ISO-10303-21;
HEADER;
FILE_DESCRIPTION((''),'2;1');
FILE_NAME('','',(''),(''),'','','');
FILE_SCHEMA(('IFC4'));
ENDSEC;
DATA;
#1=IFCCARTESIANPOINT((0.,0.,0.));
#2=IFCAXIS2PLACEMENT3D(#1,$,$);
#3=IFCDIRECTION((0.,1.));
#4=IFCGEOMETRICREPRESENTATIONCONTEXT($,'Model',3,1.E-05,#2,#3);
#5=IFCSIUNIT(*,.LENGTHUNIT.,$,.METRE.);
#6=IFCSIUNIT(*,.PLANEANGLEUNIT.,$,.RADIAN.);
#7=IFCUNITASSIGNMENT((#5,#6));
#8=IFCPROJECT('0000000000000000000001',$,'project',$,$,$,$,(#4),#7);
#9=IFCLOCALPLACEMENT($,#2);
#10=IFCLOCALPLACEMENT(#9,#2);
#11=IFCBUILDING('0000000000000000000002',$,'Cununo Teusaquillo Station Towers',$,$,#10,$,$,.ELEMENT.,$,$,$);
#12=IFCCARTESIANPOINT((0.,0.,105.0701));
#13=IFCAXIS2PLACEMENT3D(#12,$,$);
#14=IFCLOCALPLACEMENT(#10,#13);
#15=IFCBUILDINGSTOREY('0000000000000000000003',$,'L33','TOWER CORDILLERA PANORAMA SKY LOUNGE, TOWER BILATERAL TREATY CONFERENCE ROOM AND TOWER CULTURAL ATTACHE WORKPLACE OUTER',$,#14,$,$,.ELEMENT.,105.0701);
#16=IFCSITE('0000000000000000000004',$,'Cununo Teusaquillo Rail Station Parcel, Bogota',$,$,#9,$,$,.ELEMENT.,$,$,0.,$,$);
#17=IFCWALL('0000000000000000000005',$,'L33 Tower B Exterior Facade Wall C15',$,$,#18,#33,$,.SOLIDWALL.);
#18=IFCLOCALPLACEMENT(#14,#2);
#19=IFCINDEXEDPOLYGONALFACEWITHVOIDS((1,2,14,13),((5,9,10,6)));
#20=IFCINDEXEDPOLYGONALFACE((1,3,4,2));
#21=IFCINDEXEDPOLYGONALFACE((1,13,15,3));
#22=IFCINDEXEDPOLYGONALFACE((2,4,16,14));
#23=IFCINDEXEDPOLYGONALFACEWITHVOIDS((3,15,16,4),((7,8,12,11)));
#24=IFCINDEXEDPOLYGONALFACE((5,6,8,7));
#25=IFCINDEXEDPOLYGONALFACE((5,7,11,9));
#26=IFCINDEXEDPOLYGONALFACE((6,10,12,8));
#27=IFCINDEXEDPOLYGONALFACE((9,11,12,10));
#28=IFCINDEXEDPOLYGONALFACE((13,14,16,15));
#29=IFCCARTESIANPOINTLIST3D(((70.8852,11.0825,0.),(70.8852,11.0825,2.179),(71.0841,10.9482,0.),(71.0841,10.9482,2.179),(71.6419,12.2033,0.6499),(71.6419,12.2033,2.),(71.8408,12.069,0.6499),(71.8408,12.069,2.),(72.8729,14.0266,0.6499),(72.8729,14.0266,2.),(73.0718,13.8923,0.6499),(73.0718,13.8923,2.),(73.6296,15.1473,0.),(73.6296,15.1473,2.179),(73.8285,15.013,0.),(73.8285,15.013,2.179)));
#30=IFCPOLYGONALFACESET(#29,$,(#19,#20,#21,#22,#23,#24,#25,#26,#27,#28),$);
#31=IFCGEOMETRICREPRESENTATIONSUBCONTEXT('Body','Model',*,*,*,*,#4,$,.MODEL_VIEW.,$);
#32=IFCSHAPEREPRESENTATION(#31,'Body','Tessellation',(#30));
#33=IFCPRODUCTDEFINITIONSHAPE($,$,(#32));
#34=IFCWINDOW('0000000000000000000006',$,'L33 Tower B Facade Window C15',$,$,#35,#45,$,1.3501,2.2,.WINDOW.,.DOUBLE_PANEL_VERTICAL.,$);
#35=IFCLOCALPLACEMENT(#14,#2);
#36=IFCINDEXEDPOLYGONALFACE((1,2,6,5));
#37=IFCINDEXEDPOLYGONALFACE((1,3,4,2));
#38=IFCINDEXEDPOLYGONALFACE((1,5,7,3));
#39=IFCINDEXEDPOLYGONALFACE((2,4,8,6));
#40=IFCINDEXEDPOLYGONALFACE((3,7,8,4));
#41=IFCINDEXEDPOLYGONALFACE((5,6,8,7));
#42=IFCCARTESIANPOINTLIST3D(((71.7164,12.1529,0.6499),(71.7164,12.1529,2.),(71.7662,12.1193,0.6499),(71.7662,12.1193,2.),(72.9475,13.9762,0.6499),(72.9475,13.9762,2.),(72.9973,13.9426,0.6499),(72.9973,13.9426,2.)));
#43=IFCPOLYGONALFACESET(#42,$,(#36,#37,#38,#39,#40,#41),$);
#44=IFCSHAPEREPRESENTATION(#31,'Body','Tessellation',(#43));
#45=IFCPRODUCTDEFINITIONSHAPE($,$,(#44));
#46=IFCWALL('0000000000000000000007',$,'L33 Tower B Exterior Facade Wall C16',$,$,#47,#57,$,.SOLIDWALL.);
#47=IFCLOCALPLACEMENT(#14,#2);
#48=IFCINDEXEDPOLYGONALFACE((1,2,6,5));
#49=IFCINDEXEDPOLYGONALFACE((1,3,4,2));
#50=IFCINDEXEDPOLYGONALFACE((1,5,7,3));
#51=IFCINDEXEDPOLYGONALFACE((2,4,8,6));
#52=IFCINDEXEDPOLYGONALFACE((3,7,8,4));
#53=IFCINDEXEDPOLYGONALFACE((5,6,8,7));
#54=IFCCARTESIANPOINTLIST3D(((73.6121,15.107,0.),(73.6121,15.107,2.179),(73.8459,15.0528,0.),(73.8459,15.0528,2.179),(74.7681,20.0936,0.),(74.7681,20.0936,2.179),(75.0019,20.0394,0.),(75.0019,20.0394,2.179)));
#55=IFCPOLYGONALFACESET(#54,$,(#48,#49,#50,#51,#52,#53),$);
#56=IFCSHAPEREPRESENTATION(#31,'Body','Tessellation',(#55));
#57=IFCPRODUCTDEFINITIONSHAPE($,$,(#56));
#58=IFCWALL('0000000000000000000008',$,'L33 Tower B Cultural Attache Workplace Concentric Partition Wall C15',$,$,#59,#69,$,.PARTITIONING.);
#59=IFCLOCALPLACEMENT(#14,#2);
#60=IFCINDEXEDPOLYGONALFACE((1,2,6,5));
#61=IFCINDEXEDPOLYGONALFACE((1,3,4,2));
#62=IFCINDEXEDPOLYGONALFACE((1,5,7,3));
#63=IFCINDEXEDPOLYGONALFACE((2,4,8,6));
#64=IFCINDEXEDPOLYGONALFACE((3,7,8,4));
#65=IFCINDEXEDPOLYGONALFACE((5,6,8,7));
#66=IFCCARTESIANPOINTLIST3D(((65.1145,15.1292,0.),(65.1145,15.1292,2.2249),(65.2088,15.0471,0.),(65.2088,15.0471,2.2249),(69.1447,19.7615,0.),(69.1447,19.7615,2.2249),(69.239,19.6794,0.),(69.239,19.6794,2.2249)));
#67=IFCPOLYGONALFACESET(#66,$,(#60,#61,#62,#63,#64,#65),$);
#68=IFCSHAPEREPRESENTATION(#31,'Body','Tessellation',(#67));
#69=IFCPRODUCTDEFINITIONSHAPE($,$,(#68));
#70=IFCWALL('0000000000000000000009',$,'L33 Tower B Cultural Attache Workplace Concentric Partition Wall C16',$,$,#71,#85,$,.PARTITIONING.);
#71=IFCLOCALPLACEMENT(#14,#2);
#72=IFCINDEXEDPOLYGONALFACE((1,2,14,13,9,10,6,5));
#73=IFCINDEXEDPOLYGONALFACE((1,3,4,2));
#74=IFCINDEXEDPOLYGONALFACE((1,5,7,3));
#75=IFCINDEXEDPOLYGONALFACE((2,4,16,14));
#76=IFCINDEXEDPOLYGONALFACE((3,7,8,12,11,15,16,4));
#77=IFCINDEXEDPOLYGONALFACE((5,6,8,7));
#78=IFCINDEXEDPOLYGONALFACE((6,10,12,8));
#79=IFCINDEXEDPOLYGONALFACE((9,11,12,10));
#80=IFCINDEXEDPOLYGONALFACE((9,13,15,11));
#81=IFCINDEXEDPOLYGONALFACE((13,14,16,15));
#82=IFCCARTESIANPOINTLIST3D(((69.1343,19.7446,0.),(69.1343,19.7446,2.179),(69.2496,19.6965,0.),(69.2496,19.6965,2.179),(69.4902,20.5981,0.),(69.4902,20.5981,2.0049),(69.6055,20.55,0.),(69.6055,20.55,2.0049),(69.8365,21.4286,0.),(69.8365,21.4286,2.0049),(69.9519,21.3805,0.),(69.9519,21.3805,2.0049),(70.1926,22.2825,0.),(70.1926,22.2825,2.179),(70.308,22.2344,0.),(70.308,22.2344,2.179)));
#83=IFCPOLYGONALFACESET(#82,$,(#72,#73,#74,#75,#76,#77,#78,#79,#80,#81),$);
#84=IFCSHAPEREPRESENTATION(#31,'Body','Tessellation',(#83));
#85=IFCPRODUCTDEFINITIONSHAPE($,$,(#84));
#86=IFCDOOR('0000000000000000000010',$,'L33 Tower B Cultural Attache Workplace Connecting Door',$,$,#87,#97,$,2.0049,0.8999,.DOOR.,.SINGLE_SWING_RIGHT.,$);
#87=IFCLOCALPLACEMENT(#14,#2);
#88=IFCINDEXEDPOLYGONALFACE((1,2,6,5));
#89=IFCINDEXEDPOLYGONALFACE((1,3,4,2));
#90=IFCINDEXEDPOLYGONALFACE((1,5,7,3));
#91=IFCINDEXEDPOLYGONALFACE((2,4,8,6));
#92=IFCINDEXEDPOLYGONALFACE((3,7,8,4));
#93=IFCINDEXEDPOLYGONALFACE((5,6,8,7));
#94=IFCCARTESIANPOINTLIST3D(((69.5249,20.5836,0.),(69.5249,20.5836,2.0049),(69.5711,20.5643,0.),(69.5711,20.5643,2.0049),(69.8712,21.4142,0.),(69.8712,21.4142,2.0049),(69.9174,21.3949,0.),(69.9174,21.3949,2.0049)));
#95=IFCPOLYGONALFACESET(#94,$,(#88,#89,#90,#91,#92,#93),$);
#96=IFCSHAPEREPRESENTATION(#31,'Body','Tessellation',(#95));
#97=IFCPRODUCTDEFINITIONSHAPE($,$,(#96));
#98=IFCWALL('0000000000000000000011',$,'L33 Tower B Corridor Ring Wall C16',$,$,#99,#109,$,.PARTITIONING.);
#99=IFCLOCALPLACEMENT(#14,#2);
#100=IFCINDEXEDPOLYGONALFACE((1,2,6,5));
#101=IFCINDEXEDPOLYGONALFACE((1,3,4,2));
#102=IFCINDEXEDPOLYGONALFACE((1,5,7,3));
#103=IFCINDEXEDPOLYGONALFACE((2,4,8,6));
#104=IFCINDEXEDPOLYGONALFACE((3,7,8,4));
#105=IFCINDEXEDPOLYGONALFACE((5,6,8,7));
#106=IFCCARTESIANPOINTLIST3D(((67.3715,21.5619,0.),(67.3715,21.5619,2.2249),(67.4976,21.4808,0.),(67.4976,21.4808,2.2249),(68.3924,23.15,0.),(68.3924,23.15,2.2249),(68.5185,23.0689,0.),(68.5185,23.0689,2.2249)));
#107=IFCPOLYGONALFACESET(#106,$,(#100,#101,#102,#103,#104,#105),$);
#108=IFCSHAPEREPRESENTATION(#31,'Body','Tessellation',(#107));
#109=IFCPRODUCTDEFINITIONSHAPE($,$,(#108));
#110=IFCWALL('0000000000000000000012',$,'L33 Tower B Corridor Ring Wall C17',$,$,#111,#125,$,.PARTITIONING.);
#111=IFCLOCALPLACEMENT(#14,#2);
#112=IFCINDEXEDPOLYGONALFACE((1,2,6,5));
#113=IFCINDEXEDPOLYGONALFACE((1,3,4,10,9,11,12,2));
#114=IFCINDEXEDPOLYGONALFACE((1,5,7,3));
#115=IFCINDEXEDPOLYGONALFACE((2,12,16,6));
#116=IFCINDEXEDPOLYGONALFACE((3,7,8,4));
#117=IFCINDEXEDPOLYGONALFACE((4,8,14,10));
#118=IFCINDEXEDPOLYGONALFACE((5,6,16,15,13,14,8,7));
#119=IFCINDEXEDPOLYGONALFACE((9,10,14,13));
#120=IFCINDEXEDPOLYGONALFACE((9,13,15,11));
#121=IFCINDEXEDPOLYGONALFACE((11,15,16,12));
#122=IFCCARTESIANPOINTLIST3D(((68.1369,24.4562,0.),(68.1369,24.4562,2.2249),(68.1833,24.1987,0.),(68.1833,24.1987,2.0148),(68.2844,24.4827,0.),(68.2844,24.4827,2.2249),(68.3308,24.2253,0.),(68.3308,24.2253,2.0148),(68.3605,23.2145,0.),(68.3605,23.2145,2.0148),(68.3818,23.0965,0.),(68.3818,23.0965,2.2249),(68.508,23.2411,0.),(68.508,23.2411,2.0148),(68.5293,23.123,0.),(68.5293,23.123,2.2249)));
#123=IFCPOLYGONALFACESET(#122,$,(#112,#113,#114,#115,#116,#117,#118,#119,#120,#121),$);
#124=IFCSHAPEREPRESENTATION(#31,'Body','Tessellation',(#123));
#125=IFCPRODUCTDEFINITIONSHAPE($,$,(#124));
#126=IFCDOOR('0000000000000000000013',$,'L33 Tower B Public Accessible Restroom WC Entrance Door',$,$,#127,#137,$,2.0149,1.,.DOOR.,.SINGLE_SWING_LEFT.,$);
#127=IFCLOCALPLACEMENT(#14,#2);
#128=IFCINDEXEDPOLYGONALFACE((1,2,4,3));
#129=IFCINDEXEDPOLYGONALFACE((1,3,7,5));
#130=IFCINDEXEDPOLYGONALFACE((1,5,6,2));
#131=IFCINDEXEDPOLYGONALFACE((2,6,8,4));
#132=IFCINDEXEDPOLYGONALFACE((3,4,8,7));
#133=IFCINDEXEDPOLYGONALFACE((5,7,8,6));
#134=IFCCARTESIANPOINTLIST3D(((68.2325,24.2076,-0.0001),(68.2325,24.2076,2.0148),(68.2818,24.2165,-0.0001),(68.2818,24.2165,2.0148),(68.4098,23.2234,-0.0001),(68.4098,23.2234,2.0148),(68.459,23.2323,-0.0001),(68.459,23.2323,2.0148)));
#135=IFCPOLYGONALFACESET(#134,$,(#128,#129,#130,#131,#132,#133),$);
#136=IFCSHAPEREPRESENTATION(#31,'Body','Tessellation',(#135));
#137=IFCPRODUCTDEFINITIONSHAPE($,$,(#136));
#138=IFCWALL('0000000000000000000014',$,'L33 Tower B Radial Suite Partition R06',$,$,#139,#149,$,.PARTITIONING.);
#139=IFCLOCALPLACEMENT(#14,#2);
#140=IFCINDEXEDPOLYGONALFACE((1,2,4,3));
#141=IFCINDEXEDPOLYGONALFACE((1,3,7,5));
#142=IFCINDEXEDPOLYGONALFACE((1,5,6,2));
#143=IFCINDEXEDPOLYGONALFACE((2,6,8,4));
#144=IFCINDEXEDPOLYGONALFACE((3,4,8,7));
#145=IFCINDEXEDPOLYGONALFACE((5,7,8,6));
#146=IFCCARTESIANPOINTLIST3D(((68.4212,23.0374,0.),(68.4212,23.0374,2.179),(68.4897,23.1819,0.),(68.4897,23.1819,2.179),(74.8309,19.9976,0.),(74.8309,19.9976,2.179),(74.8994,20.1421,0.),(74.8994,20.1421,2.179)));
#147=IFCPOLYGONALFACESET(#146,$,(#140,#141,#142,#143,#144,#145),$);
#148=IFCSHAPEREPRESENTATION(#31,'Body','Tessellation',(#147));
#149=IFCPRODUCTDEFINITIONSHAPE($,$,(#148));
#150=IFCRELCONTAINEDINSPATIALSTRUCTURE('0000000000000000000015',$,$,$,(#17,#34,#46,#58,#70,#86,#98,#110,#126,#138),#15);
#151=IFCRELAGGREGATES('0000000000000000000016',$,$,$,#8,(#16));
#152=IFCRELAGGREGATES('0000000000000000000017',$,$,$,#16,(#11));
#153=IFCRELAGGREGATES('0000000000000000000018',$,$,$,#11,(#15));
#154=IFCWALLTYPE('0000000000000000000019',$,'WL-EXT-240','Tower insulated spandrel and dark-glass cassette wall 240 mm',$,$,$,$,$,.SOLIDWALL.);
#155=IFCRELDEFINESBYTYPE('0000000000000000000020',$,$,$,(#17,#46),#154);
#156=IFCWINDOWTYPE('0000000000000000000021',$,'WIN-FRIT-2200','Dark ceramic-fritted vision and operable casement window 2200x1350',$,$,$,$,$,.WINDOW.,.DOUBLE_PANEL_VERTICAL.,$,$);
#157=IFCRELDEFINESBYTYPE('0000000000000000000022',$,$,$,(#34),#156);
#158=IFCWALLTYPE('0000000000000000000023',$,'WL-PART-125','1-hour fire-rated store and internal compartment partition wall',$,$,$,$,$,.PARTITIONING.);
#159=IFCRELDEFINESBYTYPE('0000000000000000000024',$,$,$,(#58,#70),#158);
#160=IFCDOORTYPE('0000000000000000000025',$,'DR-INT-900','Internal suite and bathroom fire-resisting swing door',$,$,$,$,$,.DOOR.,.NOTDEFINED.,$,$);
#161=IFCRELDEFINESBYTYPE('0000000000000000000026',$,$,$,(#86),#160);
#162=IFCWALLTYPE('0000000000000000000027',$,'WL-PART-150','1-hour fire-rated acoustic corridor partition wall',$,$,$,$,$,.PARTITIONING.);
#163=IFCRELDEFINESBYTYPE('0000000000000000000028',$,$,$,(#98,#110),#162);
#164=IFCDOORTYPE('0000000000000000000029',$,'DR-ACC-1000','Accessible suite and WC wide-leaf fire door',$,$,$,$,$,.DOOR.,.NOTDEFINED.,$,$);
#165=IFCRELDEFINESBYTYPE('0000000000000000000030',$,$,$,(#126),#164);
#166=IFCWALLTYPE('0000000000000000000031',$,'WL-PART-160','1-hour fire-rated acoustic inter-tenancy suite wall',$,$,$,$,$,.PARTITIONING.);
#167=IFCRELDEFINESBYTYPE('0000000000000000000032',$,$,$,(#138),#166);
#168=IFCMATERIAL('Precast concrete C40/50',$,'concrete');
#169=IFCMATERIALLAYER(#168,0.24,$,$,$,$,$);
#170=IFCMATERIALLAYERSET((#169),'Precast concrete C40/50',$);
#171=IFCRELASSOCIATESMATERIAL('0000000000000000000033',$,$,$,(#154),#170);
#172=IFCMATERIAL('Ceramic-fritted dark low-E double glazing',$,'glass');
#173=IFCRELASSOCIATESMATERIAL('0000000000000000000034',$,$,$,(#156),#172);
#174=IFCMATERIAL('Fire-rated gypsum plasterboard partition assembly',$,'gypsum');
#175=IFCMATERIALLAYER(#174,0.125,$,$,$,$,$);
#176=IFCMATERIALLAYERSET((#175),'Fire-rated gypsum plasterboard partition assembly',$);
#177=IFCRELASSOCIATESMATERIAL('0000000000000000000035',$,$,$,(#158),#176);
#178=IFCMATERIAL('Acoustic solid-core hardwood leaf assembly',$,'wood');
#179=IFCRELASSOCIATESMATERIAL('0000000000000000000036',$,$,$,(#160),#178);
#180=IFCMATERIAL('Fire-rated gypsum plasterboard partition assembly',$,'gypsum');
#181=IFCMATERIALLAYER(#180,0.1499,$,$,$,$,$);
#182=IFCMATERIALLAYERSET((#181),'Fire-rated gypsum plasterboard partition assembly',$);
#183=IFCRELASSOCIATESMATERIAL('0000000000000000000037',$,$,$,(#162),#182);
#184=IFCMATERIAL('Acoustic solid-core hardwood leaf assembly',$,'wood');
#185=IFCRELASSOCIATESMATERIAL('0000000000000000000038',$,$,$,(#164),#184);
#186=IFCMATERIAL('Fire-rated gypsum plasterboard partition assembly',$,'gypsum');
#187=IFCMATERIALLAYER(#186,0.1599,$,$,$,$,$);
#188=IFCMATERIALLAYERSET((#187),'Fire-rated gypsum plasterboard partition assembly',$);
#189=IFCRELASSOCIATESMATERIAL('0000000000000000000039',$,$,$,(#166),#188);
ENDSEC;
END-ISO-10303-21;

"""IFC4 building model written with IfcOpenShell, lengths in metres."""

from ifc_helpers import new_model, si_unit, direction, frame, frame_2d, origin, place, context, subcontext, project, spatial, rectangle, extrude, source, transform, mapped, material, layer, layer_set, type_object, element, fill, save


model = new_model("IFC4")

# Units and contexts
model_context = context("Model", 3, precision=1e-05, world=origin(), true_north=direction((0.0, 1.0)))
body_context = subcontext(model_context, "Body", "Model", "MODEL_VIEW")
ifc_project = project(units=[si_unit("LENGTHUNIT", "METRE"), si_unit("PLANEANGLEUNIT", "RADIAN")], contexts=[model_context])

# Site, building, storey
site_placement = place(None, origin())
site = spatial("IfcSite", under=ifc_project, at=site_placement, Name="Cununo Teusaquillo Rail Station Parcel, Bogota", CompositionType="ELEMENT", RefElevation=0.0)
building_placement = place(site_placement, origin())
building = spatial("IfcBuilding", under=site, at=building_placement, Name="Cununo Teusaquillo Station Towers", CompositionType="ELEMENT")
storey_placement = place(building_placement, frame((0.0, 0.0, 105.0701)))
storey = spatial("IfcBuildingStorey", under=building, at=storey_placement, Name="L33", Description="TOWER CORDILLERA PANORAMA SKY LOUNGE, TOWER BILATERAL TREATY CONFERENCE ROOM AND TOWER CULTURAL ATTACHE WORKPLACE OUTER", CompositionType="ELEMENT", Elevation=105.0701)

# Shared definitions
ifc_material_1 = material(Name="Precast concrete C40/50", Category="concrete")
ifc_layer_1 = layer(ifc_material_1, 0.24)
ifc_layer_set_1 = layer_set([ifc_layer_1], Name="Precast concrete C40/50")
wall_type_1 = type_object("IfcWallType", Name="WL-EXT-240", Description="Tower insulated spandrel and dark-glass cassette wall 240 mm", PredefinedType="SOLIDWALL", material=ifc_layer_set_1)

# Wall, opening, window
wall_1_placement = place(storey_placement, frame((73.729, 15.0801, 0.0), z_axis=(0.0, 0.0, 1.0), x_axis=(-0.559573, -0.828781, 0.0)))
wall_1 = element("IfcWall", 1, at=wall_1_placement, inside=storey, type_object=wall_type_1, Name="L33 Tower B Exterior Facade Wall C15", PredefinedType="SOLIDWALL", context=body_context, shape_type="SweptSolid", body=[
    extrude(rectangle(XDim=4.9045, YDim=0.24, at=frame_2d((2.4521, 0.0))), origin(), (0.0, 0.0, 1.0), 2.179),
])
shared_shape_1 = source(origin(), body_context, "Body", "SweptSolid", [
    extrude(rectangle(XDim=2.2, YDim=1.3501, at=frame_2d((1.1001, 0.675))), frame((0.0, 0.1299, 0.0), z_axis=(0.0, -1.0, 0.0), x_axis=(1.0, 0.0, 0.0)), (0.0, 0.0, 1.0), 0.26),
])
opening_1_placement = place(wall_1_placement, frame((1.3521, 0.0, 0.6499)))
opening_1 = element("IfcOpeningElement", 2, at=opening_1_placement, cuts=wall_1, PredefinedType="OPENING", context=body_context, shape_type="MappedRepresentation", body=[
    mapped(shared_shape_1, transform((0.0, 0.0, 0.0), x_axis=(1.0, 0.0, 0.0), y_axis=(0.0, 1.0, 0.0), z_axis=(0.0, 0.0, 1.0), scale=1.0)),
])
ifc_material_2 = material(Name="Ceramic-fritted dark low-E double glazing", Category="glass")
window_type_1 = type_object("IfcWindowType", Name="WIN-FRIT-2200", Description="Dark ceramic-fritted vision and operable casement window 2200x1350", PartitioningType="DOUBLE_PANEL_VERTICAL", PredefinedType="WINDOW", material=ifc_material_2)
shared_shape_2 = source(origin(), body_context, "Body", "SweptSolid", [
    extrude(rectangle(XDim=2.2, YDim=1.3501, at=frame_2d((1.1001, 0.675))), frame((0.0, 0.03, 0.0), z_axis=(0.0, -1.0, 0.0), x_axis=(1.0, 0.0, 0.0)), (0.0, 0.0, 1.0), 0.0601),
])
window_1_placement = place(opening_1_placement, origin())
window_1 = element("IfcWindow", 3, at=window_1_placement, inside=storey, type_object=window_type_1, Name="L33 Tower B Facade Window C15", OverallHeight=1.3501, OverallWidth=2.2, PartitioningType="DOUBLE_PANEL_VERTICAL", PredefinedType="WINDOW", context=body_context, shape_type="MappedRepresentation", body=[
    mapped(shared_shape_2, transform((0.0, 0.0, 0.0), x_axis=(1.0, 0.0, 0.0), y_axis=(0.0, 1.0, 0.0), z_axis=(0.0, 0.0, 1.0), scale=1.0)),
])
fill(opening_1, window_1)

# Walls
wall_2_placement = place(storey_placement, frame((74.885, 20.0667, 0.0), z_axis=(0.0, 0.0, 1.0), x_axis=(-0.225835, -0.974166, 0.0)))
element("IfcWall", 4, at=wall_2_placement, inside=storey, type_object=wall_type_1, Name="L33 Tower B Exterior Facade Wall C16", PredefinedType="SOLIDWALL", context=body_context, shape_type="SweptSolid", body=[
    extrude(rectangle(XDim=5.1189, YDim=0.24, at=frame_2d((2.5596, 0.0))), origin(), (0.0, 0.0, 1.0), 2.179),
])
ifc_material_3 = material(Name="Fire-rated gypsum plasterboard partition assembly", Category="gypsum")
ifc_layer_2 = layer(ifc_material_3, 0.125)
ifc_layer_set_2 = layer_set([ifc_layer_2], Name="Fire-rated gypsum plasterboard partition assembly")
wall_type_2 = type_object("IfcWallType", Name="WL-PART-125", Description="1-hour fire-rated store and internal compartment partition wall", PredefinedType="PARTITIONING", material=ifc_layer_set_2)
wall_3_placement = place(storey_placement, frame((65.1616, 15.0881, 0.0), z_axis=(0.0, 0.0, 1.0), x_axis=(0.65638, 0.754431, 0.0)))
element("IfcWall", 5, at=wall_3_placement, inside=storey, type_object=wall_type_2, Name="L33 Tower B Cultural Attache Workplace Concentric Partition Wall C15", PredefinedType="PARTITIONING", context=body_context, shape_type="SweptSolid", body=[
    extrude(rectangle(XDim=6.1401, YDim=0.125, at=frame_2d((3.0701, 0.0))), origin(), (0.0, 0.0, 1.0), 2.2249),
])

# Wall, opening, door
wall_4_placement = place(storey_placement, frame((69.1919, 19.7205, 0.0), z_axis=(0.0, 0.0, 1.0), x_axis=(0.384899, 0.922959, 0.0)))
wall_4 = element("IfcWall", 6, at=wall_4_placement, inside=storey, type_object=wall_type_2, Name="L33 Tower B Cultural Attache Workplace Concentric Partition Wall C16", PredefinedType="PARTITIONING", context=body_context, shape_type="SweptSolid", body=[
    extrude(rectangle(XDim=2.7498, YDim=0.125, at=frame_2d((1.375, 0.0))), origin(), (0.0, 0.0, 1.0), 2.179),
])
shared_shape_3 = source(origin(), body_context, "Body", "SweptSolid", [
    extrude(rectangle(XDim=0.8999, YDim=2.0049, at=frame_2d((0.45, 1.0024))), frame((0.0, 0.0725, 0.0), z_axis=(0.0, -1.0, 0.0), x_axis=(1.0, 0.0, 0.0)), (0.0, 0.0, 1.0), 0.145),
])
opening_2_placement = place(wall_4_placement, frame((0.9248, 0.0, 0.0)))
opening_2 = element("IfcOpeningElement", 7, at=opening_2_placement, cuts=wall_4, PredefinedType="OPENING", context=body_context, shape_type="MappedRepresentation", body=[
    mapped(shared_shape_3, transform((0.0, 0.0, 0.0), x_axis=(1.0, 0.0, 0.0), y_axis=(0.0, 1.0, 0.0), z_axis=(0.0, 0.0, 1.0), scale=1.0)),
])
ifc_material_4 = material(Name="Acoustic solid-core hardwood leaf assembly", Category="wood")
door_type_1 = type_object("IfcDoorType", Name="DR-INT-900", Description="Internal suite and bathroom fire-resisting swing door", OperationType="NOTDEFINED", PredefinedType="DOOR", material=ifc_material_4)
shared_shape_4 = source(origin(), body_context, "Body", "SweptSolid", [
    extrude(rectangle(XDim=0.8999, YDim=2.0049, at=frame_2d((0.45, 1.0024))), frame((0.0, 0.0249, 0.0), z_axis=(0.0, -1.0, 0.0), x_axis=(1.0, 0.0, 0.0)), (0.0, 0.0, 1.0), 0.05),
])
door_1_placement = place(opening_2_placement, origin())
door_1 = element("IfcDoor", 8, at=door_1_placement, inside=storey, type_object=door_type_1, Name="L33 Tower B Cultural Attache Workplace Connecting Door", OperationType="SINGLE_SWING_RIGHT", OverallHeight=2.0049, OverallWidth=0.8999, PredefinedType="DOOR", context=body_context, shape_type="MappedRepresentation", body=[
    mapped(shared_shape_4, transform((0.0, 0.0, 0.0), x_axis=(1.0, 0.0, 0.0), y_axis=(0.0, 1.0, 0.0), z_axis=(0.0, 0.0, 1.0), scale=1.0)),
])
fill(opening_2, door_1)

# Wall
ifc_material_5 = material(Name="Fire-rated gypsum plasterboard partition assembly", Category="gypsum")
ifc_layer_3 = layer(ifc_material_5, 0.1499)
ifc_layer_set_3 = layer_set([ifc_layer_3], Name="Fire-rated gypsum plasterboard partition assembly")
wall_type_3 = type_object("IfcWallType", Name="WL-PART-150", Description="1-hour fire-rated acoustic corridor partition wall", PredefinedType="PARTITIONING", material=ifc_layer_set_3)
wall_5_placement = place(storey_placement, frame((67.4346, 21.5215, 0.0), z_axis=(0.0, 0.0, 1.0), x_axis=(0.540777, 0.841166, 0.0)))
element("IfcWall", 9, at=wall_5_placement, inside=storey, type_object=wall_type_3, Name="L33 Tower B Corridor Ring Wall C16", PredefinedType="PARTITIONING", context=body_context, shape_type="SweptSolid", body=[
    extrude(rectangle(XDim=1.8879, YDim=0.1499, at=frame_2d((0.9438, 0.0))), origin(), (0.0, 0.0, 1.0), 2.2249),
])

# Wall, opening, door
wall_6_placement = place(storey_placement, frame((68.4556, 23.1096, 0.0), z_axis=(0.0, 0.0, 1.0), x_axis=(-0.177252, 0.984165, 0.0)))
wall_6 = element("IfcWall", 10, at=wall_6_placement, inside=storey, type_object=wall_type_3, Name="L33 Tower B Corridor Ring Wall C17", PredefinedType="PARTITIONING", context=body_context, shape_type="SweptSolid", body=[
    extrude(rectangle(XDim=1.3816, YDim=0.1499, at=frame_2d((0.6909, 0.0))), origin(), (0.0, 0.0, 1.0), 2.2249),
])
shared_shape_5 = source(origin(), body_context, "Body", "SweptSolid", [
    extrude(rectangle(XDim=1.0, YDim=2.0149, at=frame_2d((0.5, 1.0073))), frame((0.0, 0.085, 0.0), z_axis=(0.0, -1.0, 0.0), x_axis=(1.0, 0.0, 0.0)), (0.0, 0.0, 1.0), 0.1699),
])
opening_3_placement = place(wall_6_placement, frame((0.1201, 0.0, 0.0)))
opening_3 = element("IfcOpeningElement", 11, at=opening_3_placement, cuts=wall_6, PredefinedType="OPENING", context=body_context, shape_type="MappedRepresentation", body=[
    mapped(shared_shape_5, transform((0.0, 0.0, 0.0), x_axis=(1.0, 0.0, 0.0), y_axis=(0.0, 1.0, 0.0), z_axis=(0.0, 0.0, 1.0), scale=1.0)),
])
ifc_material_6 = material(Name="Acoustic solid-core hardwood leaf assembly", Category="wood")
door_type_2 = type_object("IfcDoorType", Name="DR-ACC-1000", Description="Accessible suite and WC wide-leaf fire door", OperationType="NOTDEFINED", PredefinedType="DOOR", material=ifc_material_6)
shared_shape_6 = source(origin(), body_context, "Body", "SweptSolid", [
    extrude(rectangle(XDim=1.0, YDim=2.0149, at=frame_2d((0.5, 1.0073))), frame((0.0, 0.0249, 0.0), z_axis=(0.0, -1.0, 0.0), x_axis=(1.0, 0.0, 0.0)), (0.0, 0.0, 1.0), 0.05),
])
door_2_placement = place(opening_3_placement, origin())
door_2 = element("IfcDoor", 12, at=door_2_placement, inside=storey, type_object=door_type_2, Name="L33 Tower B Public Accessible Restroom WC Entrance Door", OperationType="SINGLE_SWING_LEFT", OverallHeight=2.0149, OverallWidth=1.0, PredefinedType="DOOR", context=body_context, shape_type="MappedRepresentation", body=[
    mapped(shared_shape_6, transform((0.0, 0.0, 0.0), x_axis=(1.0, 0.0, 0.0), y_axis=(0.0, 1.0, 0.0), z_axis=(0.0, 0.0, 1.0), scale=1.0)),
])
fill(opening_3, door_2)

# Wall
ifc_material_7 = material(Name="Fire-rated gypsum plasterboard partition assembly", Category="gypsum")
ifc_layer_4 = layer(ifc_material_7, 0.1599)
ifc_layer_set_4 = layer_set([ifc_layer_4], Name="Fire-rated gypsum plasterboard partition assembly")
wall_type_4 = type_object("IfcWallType", Name="WL-PART-160", Description="1-hour fire-rated acoustic inter-tenancy suite wall", PredefinedType="PARTITIONING", material=ifc_layer_set_4)
wall_7_placement = place(storey_placement, frame((68.4556, 23.1096, 0.0), z_axis=(0.0, 0.0, 1.0), x_axis=(0.903539, -0.428505, 0.0)))
element("IfcWall", 13, at=wall_7_placement, inside=storey, type_object=wall_type_4, Name="L33 Tower B Radial Suite Partition R06", PredefinedType="PARTITIONING", context=body_context, shape_type="SweptSolid", body=[
    extrude(rectangle(XDim=7.094, YDim=0.1599, at=frame_2d((3.5469, 0.0))), origin(), (0.0, 0.0, 1.0), 2.179),
])

save(model, "model.ifc")
